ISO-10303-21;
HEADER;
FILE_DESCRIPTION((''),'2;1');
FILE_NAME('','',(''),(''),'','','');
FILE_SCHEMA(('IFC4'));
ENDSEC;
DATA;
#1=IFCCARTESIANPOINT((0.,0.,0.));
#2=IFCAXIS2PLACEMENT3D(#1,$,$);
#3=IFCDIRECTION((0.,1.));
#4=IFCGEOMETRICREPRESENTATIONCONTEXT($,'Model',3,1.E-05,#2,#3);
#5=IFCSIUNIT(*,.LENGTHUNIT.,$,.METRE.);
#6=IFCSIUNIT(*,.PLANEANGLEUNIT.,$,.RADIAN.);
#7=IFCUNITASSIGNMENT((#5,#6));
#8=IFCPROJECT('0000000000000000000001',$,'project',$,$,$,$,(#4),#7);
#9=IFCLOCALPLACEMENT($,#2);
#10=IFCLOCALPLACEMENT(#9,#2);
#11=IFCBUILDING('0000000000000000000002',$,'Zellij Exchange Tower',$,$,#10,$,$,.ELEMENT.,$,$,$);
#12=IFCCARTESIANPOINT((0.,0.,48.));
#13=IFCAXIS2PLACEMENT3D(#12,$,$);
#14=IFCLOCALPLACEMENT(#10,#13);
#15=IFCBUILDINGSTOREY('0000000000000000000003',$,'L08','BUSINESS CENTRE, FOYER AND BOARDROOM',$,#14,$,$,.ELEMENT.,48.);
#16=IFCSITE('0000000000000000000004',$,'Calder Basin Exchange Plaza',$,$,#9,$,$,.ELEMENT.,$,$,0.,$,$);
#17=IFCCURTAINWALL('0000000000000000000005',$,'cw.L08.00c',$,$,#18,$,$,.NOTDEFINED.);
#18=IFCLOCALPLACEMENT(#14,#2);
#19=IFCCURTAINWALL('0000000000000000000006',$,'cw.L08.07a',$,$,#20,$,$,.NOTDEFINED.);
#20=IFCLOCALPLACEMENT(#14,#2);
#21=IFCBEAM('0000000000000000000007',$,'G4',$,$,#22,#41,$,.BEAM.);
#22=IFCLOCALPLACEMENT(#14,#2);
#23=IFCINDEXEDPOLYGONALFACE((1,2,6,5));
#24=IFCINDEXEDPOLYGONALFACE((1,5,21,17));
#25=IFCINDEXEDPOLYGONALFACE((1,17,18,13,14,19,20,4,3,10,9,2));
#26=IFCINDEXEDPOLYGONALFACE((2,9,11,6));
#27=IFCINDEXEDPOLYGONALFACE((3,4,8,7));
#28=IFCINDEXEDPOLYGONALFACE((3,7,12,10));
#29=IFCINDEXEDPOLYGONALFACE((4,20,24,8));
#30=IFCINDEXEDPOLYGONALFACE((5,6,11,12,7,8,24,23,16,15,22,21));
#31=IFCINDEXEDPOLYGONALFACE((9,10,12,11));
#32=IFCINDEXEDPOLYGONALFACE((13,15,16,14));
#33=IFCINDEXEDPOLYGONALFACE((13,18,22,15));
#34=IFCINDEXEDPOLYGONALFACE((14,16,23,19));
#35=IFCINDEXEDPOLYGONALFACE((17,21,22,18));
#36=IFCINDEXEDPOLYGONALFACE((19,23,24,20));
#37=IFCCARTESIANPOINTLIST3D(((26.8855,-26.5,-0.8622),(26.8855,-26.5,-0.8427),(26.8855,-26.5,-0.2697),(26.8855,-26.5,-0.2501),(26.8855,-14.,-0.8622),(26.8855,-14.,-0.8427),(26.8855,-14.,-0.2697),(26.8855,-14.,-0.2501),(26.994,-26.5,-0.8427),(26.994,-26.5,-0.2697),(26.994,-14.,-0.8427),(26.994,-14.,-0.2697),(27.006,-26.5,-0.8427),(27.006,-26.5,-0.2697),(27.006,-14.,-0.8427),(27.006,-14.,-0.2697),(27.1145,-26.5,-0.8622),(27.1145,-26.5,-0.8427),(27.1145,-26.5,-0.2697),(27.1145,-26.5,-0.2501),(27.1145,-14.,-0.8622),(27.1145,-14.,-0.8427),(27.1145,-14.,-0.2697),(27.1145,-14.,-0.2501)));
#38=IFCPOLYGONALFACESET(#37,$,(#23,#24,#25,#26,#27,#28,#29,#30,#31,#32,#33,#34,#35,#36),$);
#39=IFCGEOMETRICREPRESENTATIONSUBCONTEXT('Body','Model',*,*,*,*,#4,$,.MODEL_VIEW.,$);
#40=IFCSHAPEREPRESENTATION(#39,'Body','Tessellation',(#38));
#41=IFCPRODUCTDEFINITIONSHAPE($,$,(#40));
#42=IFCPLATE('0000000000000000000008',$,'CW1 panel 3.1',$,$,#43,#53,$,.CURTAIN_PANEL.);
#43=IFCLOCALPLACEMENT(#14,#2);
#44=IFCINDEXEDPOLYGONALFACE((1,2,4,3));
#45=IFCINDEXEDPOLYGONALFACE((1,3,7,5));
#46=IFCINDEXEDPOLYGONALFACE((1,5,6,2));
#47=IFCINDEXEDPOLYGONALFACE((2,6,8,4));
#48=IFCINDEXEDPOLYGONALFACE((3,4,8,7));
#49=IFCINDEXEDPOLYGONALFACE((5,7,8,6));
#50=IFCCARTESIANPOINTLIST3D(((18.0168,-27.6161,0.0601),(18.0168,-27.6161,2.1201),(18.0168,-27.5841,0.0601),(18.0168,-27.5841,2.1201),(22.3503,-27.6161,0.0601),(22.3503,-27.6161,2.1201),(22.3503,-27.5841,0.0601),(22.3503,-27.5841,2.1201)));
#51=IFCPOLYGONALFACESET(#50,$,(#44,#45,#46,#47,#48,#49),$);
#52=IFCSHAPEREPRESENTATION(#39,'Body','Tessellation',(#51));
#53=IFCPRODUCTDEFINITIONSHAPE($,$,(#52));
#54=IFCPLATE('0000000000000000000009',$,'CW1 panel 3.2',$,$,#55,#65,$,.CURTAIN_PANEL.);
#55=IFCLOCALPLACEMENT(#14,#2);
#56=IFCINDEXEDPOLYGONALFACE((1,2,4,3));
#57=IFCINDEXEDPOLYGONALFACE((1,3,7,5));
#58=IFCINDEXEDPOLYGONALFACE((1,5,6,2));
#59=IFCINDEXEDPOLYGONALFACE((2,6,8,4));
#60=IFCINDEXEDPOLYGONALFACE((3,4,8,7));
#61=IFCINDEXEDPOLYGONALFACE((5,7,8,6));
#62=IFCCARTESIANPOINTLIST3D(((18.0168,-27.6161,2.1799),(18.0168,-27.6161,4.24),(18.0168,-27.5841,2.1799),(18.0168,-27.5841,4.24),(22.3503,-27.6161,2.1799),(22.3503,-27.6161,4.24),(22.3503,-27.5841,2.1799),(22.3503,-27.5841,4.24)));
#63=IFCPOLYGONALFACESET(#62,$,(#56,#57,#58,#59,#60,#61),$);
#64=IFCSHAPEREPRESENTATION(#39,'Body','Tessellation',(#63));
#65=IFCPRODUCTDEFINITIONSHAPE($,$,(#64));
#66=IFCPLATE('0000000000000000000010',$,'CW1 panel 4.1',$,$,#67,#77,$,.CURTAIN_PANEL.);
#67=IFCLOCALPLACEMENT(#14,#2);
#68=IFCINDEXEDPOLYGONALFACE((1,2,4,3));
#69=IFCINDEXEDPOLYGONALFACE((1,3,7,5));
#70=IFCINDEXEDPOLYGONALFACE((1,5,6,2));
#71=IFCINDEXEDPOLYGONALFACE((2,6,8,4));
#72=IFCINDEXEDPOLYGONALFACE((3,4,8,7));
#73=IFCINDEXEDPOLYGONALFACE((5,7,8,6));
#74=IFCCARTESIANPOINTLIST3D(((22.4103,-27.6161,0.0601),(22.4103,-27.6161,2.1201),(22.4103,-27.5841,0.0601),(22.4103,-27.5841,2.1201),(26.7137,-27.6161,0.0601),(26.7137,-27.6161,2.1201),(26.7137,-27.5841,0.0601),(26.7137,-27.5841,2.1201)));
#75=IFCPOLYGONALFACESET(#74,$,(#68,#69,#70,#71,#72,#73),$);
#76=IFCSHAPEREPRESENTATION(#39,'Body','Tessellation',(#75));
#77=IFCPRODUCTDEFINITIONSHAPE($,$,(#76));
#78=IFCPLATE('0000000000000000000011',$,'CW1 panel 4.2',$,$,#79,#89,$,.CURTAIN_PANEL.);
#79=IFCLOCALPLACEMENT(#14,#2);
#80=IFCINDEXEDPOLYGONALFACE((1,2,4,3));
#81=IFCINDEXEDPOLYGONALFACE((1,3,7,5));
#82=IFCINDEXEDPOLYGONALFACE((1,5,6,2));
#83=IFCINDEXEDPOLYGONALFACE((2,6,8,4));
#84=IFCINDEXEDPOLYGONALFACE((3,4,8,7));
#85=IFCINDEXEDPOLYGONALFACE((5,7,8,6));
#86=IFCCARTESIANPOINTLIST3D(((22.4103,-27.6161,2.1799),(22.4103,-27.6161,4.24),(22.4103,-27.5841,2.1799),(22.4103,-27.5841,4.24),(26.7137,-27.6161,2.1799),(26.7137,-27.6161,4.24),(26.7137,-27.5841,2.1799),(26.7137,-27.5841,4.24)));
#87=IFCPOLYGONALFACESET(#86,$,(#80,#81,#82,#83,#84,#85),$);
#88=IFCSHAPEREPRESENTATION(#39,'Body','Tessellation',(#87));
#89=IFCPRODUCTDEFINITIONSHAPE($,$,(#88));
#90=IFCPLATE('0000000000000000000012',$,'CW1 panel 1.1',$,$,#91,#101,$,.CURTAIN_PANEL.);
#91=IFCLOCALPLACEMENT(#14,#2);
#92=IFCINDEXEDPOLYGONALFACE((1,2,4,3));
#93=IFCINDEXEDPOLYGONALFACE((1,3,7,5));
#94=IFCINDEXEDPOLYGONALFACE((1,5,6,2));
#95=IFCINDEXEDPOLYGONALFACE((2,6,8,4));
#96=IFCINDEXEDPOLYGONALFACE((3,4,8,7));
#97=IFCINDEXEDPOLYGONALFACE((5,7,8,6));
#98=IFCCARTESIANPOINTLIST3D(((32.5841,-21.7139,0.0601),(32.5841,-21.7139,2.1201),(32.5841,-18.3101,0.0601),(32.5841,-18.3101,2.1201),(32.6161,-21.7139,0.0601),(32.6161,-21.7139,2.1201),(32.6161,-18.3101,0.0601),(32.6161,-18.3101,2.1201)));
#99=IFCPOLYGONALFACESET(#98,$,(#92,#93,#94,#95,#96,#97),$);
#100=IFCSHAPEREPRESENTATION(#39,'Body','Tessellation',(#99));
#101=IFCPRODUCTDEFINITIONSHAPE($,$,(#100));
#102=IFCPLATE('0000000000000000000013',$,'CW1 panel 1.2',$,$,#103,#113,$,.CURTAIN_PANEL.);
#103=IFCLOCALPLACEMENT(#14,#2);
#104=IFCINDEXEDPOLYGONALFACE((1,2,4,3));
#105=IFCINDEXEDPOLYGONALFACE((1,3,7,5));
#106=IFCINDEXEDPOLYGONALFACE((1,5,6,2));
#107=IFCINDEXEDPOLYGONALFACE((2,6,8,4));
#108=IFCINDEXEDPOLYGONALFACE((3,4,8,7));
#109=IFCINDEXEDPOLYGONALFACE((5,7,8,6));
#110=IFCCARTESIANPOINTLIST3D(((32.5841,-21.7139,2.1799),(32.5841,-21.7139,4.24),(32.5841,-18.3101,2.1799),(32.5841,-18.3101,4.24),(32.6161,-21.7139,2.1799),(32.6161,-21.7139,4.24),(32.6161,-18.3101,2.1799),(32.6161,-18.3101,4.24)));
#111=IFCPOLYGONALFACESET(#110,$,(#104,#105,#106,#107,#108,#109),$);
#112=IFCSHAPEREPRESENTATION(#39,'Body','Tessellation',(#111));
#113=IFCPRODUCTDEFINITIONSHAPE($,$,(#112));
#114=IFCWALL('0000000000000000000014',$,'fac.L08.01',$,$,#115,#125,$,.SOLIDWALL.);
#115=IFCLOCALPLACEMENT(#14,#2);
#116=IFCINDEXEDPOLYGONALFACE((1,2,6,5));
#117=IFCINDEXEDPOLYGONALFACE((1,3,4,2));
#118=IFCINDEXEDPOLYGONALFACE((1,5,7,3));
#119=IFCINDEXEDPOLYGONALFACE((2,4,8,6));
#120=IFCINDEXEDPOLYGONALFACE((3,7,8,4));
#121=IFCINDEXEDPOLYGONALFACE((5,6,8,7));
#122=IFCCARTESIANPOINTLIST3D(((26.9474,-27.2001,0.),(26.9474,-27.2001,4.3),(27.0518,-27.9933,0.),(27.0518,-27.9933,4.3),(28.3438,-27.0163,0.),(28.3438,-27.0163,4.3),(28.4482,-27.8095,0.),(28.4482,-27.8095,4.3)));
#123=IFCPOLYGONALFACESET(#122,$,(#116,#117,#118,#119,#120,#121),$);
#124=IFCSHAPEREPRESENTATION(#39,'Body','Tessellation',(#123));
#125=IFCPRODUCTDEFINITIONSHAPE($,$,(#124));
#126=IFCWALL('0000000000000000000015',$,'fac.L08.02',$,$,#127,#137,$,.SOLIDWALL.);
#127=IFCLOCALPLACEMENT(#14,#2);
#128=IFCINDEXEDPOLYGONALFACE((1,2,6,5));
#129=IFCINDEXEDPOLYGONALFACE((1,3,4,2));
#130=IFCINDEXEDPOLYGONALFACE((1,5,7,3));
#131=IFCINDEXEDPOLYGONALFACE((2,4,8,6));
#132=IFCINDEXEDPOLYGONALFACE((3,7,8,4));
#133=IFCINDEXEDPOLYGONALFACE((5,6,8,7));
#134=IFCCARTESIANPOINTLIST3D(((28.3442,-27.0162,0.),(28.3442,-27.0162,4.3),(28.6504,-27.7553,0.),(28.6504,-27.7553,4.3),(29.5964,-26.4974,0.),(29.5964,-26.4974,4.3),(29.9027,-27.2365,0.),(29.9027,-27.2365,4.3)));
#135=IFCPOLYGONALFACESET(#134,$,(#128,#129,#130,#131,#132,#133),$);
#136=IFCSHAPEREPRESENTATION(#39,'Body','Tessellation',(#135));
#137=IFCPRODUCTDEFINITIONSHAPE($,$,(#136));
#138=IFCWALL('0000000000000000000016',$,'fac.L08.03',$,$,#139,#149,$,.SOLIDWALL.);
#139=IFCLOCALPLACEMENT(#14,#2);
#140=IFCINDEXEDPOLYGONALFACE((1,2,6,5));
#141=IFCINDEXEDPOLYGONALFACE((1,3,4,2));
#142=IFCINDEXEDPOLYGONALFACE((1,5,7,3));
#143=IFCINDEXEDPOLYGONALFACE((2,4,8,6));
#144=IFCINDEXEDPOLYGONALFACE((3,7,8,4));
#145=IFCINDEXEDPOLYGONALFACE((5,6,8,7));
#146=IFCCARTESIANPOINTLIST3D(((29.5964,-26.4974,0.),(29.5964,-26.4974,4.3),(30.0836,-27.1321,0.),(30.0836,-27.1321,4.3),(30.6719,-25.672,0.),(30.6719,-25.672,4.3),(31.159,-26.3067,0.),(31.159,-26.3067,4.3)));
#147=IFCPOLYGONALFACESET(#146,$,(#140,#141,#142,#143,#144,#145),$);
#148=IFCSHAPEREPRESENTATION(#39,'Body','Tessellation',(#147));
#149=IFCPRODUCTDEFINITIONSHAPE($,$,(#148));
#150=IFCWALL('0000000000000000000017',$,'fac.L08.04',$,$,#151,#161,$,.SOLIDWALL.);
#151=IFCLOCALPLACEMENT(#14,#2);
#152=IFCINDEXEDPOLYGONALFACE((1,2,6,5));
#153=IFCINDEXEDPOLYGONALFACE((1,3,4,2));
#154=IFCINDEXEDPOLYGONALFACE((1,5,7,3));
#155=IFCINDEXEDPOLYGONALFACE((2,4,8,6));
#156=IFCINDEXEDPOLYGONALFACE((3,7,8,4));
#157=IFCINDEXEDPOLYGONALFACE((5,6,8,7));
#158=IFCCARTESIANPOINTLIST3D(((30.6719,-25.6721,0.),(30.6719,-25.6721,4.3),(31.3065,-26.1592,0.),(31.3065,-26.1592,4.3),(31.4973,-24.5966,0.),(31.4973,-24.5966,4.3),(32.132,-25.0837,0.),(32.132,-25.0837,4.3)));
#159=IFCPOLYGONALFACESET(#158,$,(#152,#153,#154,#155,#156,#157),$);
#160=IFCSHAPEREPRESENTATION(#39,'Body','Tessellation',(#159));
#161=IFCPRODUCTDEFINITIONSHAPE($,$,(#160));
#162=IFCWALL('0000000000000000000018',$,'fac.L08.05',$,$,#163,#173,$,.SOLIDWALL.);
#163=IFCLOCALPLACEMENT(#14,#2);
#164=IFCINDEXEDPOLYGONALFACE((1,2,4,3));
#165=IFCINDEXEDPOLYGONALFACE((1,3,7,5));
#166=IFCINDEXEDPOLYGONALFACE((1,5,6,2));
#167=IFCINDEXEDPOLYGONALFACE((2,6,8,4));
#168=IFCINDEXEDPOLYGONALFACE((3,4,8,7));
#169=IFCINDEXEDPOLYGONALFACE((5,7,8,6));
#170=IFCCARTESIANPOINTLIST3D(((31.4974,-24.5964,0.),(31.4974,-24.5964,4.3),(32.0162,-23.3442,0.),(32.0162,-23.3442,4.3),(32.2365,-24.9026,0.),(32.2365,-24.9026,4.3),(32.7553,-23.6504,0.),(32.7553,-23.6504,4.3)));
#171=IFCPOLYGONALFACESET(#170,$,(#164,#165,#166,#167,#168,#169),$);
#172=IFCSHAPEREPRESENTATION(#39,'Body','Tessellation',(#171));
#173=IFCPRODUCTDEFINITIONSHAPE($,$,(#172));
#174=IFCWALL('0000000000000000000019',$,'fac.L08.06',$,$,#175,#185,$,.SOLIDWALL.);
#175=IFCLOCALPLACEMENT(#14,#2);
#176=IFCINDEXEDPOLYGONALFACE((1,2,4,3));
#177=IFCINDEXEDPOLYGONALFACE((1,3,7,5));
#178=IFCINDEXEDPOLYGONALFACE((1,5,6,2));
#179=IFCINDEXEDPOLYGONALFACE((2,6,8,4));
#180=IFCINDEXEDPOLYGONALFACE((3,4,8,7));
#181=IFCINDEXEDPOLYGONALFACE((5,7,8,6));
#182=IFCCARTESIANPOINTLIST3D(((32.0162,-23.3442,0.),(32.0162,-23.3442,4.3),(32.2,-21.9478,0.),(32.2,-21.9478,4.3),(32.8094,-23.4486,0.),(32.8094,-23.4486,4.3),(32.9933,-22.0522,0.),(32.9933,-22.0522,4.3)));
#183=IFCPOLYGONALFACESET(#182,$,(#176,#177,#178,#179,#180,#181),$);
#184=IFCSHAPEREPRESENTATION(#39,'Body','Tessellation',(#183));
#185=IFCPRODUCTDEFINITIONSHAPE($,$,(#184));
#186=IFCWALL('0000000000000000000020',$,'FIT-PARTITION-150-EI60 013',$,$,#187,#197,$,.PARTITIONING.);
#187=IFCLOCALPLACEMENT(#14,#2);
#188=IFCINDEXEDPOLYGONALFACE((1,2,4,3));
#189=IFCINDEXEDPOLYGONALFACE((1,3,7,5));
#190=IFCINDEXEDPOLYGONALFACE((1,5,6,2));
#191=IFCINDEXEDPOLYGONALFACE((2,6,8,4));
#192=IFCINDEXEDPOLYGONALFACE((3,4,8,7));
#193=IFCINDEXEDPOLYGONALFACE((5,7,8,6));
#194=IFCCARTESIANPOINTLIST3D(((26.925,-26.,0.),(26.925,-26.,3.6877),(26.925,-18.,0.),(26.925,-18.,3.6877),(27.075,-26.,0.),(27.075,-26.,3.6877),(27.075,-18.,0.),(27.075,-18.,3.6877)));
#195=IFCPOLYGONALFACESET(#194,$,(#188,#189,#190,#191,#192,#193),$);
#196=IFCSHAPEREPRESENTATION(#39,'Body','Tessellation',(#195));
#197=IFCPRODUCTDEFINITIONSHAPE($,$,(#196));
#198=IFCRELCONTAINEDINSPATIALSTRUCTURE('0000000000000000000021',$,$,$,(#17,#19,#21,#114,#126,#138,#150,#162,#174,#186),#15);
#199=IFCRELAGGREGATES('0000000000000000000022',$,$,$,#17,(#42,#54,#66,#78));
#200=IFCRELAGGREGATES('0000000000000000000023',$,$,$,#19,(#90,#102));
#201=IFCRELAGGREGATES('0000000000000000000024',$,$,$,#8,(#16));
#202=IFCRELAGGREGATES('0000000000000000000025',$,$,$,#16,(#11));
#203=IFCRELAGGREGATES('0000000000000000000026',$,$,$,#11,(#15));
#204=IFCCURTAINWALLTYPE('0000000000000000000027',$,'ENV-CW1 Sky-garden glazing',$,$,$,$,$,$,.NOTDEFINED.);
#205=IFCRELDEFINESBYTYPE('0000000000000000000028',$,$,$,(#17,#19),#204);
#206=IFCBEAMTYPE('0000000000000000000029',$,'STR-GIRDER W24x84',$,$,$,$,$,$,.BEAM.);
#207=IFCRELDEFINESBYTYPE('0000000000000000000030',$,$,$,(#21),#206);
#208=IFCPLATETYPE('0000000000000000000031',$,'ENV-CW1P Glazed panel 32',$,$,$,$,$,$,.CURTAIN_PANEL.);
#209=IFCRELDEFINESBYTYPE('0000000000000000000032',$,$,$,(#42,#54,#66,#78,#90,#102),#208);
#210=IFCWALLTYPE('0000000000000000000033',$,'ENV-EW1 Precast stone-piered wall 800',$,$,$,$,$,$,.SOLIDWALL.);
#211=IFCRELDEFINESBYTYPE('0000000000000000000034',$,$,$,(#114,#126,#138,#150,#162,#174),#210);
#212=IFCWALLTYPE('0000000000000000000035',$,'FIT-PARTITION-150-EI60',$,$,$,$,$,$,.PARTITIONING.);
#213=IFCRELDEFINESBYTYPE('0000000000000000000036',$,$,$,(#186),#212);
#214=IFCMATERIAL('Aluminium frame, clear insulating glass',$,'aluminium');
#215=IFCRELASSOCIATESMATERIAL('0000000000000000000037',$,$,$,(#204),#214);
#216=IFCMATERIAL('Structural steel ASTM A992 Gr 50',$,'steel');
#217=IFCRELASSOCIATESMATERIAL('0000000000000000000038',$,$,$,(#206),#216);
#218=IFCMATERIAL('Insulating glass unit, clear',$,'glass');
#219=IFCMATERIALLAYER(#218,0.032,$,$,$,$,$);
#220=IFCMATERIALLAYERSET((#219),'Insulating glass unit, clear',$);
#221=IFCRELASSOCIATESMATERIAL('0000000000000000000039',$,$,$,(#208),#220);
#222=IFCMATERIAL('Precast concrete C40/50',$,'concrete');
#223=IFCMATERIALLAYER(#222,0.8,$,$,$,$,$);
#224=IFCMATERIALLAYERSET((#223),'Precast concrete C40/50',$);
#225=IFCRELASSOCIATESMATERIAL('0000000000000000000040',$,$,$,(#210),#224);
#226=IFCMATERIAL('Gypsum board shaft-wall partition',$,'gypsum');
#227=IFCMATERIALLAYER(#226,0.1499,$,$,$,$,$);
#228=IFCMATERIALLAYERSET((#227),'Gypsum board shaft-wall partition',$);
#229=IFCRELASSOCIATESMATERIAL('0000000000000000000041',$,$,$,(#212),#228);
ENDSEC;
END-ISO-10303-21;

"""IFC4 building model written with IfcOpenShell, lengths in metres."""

from ifc_helpers import new_model, si_unit, direction, frame, frame_2d, origin, origin_2d, place, context, subcontext, project, spatial, rectangle, i_section, extrude, material, layer, layer_set, material_profile, profile_set, type_object, element, aggregate, save


model = new_model("IFC4")

# Units and contexts
model_context = context("Model", 3, precision=1e-05, world=origin(), true_north=direction((0.0, 1.0)))
body_context = subcontext(model_context, "Body", "Model", "MODEL_VIEW")
ifc_project = project(units=[si_unit("LENGTHUNIT", "METRE"), si_unit("PLANEANGLEUNIT", "RADIAN")], contexts=[model_context])

# Site, building, storey
site_placement = place(None, origin())
site = spatial("IfcSite", under=ifc_project, at=site_placement, Name="Calder Basin Exchange Plaza", CompositionType="ELEMENT", RefElevation=0.0)
building_placement = place(site_placement, origin())
building = spatial("IfcBuilding", under=site, at=building_placement, Name="Zellij Exchange Tower", CompositionType="ELEMENT")
storey_placement = place(building_placement, frame((0.0, 0.0, 48.0)))
storey = spatial("IfcBuildingStorey", under=building, at=storey_placement, Name="L08", Description="BUSINESS CENTRE, FOYER AND BOARDROOM", CompositionType="ELEMENT", Elevation=48.0)

# Curtain walls
ifc_material_1 = material(Name="Aluminium frame, clear insulating glass", Category="aluminium")
curtain_wall_type = type_object("IfcCurtainWallType", Name="ENV-CW1 Sky-garden glazing", PredefinedType="NOTDEFINED", material=ifc_material_1)
curtain_wall_1_placement = place(storey_placement, origin())
curtain_wall_1 = element("IfcCurtainWall", 1, at=curtain_wall_1_placement, inside=storey, type_object=curtain_wall_type, Name="cw.L08.00c", PredefinedType="NOTDEFINED")
curtain_wall_2_placement = place(storey_placement, origin())
curtain_wall_2 = element("IfcCurtainWall", 2, at=curtain_wall_2_placement, inside=storey, type_object=curtain_wall_type, Name="cw.L08.07a", PredefinedType="NOTDEFINED")

# Beam
ifc_material_2 = material(Name="Structural steel ASTM A992 Gr 50", Category="steel")
ifc_material_profile_1 = material_profile(ifc_material_2, i_section(OverallWidth=0.229, OverallDepth=0.6121, WebThickness=0.012, FlangeThickness=0.0195, at=origin_2d()), Name="W24x84")
ifc_profile_set_1 = profile_set([ifc_material_profile_1], Name="Structural steel ASTM A992 Gr 50")
beam_type_1 = type_object("IfcBeamType", Name="STR-GIRDER W24x84", PredefinedType="BEAM", material=ifc_profile_set_1)
beam_1_placement = place(storey_placement, frame((27.0, -26.5, -0.5562), z_axis=(0.0, 1.0, 0.0), x_axis=(-1.0, 0.0, 0.0)))
element("IfcBeam", 3, at=beam_1_placement, inside=storey, type_object=beam_type_1, Name="G4", PredefinedType="BEAM", context=body_context, shape_type="SweptSolid", body=[
    extrude(i_section(OverallWidth=0.229, OverallDepth=0.6121, WebThickness=0.012, FlangeThickness=0.0195, at=origin_2d()), origin(), (0.0, 0.0, 1.0), 12.5),
])

# Plates
ifc_material_3 = material(Name="Insulating glass unit, clear", Category="glass")
ifc_layer_1 = layer(ifc_material_3, 0.032)
ifc_layer_set_1 = layer_set([ifc_layer_1], Name="Insulating glass unit, clear")
plate_type = type_object("IfcPlateType", Name="ENV-CW1P Glazed panel 32", PredefinedType="CURTAIN_PANEL", material=ifc_layer_set_1)
plate_1_placement = place(storey_placement, frame((20.1836, -27.6001, 0.0601), z_axis=(0.0, 0.0, 1.0), x_axis=(1.0, 0.0, 0.0)))
plate_1 = element("IfcPlate", 4, at=plate_1_placement, type_object=plate_type, Name="CW1 panel 3.1", PredefinedType="CURTAIN_PANEL", context=body_context, shape_type="SweptSolid", body=[
    extrude(rectangle(XDim=4.3335, YDim=0.032, at=origin_2d()), origin(), (0.0, 0.0, 1.0), 2.0601),
])
plate_2_placement = place(storey_placement, frame((20.1836, -27.6001, 2.1799), z_axis=(0.0, 0.0, 1.0), x_axis=(1.0, 0.0, 0.0)))
plate_2 = element("IfcPlate", 5, at=plate_2_placement, type_object=plate_type, Name="CW1 panel 3.2", PredefinedType="CURTAIN_PANEL", context=body_context, shape_type="SweptSolid", body=[
    extrude(rectangle(XDim=4.3335, YDim=0.032, at=origin_2d()), origin(), (0.0, 0.0, 1.0), 2.0601),
])
plate_3_placement = place(storey_placement, frame((24.562, -27.6001, 0.0601), z_axis=(0.0, 0.0, 1.0), x_axis=(1.0, 0.0, 0.0)))
plate_3 = element("IfcPlate", 6, at=plate_3_placement, type_object=plate_type, Name="CW1 panel 4.1", PredefinedType="CURTAIN_PANEL", context=body_context, shape_type="SweptSolid", body=[
    extrude(rectangle(XDim=4.3035, YDim=0.032, at=origin_2d()), origin(), (0.0, 0.0, 1.0), 2.0601),
])
plate_4_placement = place(storey_placement, frame((24.562, -27.6001, 2.1799), z_axis=(0.0, 0.0, 1.0), x_axis=(1.0, 0.0, 0.0)))
plate_4 = element("IfcPlate", 7, at=plate_4_placement, type_object=plate_type, Name="CW1 panel 4.2", PredefinedType="CURTAIN_PANEL", context=body_context, shape_type="SweptSolid", body=[
    extrude(rectangle(XDim=4.3035, YDim=0.032, at=origin_2d()), origin(), (0.0, 0.0, 1.0), 2.0601),
])
aggregate(curtain_wall_1, [plate_1, plate_2, plate_3, plate_4])
plate_5_placement = place(storey_placement, frame((32.6001, -20.012, 0.0601), z_axis=(0.0, 0.0, 1.0), x_axis=(0.0, 1.0, 0.0)))
plate_5 = element("IfcPlate", 8, at=plate_5_placement, type_object=plate_type, Name="CW1 panel 1.1", PredefinedType="CURTAIN_PANEL", context=body_context, shape_type="SweptSolid", body=[
    extrude(rectangle(XDim=3.4038, YDim=0.032, at=origin_2d()), origin(), (0.0, 0.0, 1.0), 2.0601),
])
plate_6_placement = place(storey_placement, frame((32.6001, -20.012, 2.1799), z_axis=(0.0, 0.0, 1.0), x_axis=(0.0, 1.0, 0.0)))
plate_6 = element("IfcPlate", 9, at=plate_6_placement, type_object=plate_type, Name="CW1 panel 1.2", PredefinedType="CURTAIN_PANEL", context=body_context, shape_type="SweptSolid", body=[
    extrude(rectangle(XDim=3.4038, YDim=0.032, at=origin_2d()), origin(), (0.0, 0.0, 1.0), 2.0601),
])
aggregate(curtain_wall_2, [plate_5, plate_6])

# Walls
ifc_material_4 = material(Name="Precast concrete C40/50", Category="concrete")
ifc_layer_2 = layer(ifc_material_4, 0.8)
ifc_layer_set_2 = layer_set([ifc_layer_2], Name="Precast concrete C40/50")
wall_type_1 = type_object("IfcWallType", Name="ENV-EW1 Precast stone-piered wall 800", PredefinedType="SOLIDWALL", material=ifc_layer_set_2)
wall_1_placement = place(storey_placement, frame((26.9998, -27.5967, 0.0), z_axis=(0.0, 0.0, 1.0), x_axis=(0.991446, 0.130517, 0.0)))
element("IfcWall", 10, at=wall_1_placement, inside=storey, type_object=wall_type_1, Name="fac.L08.01", PredefinedType="SOLIDWALL", context=body_context, shape_type="SweptSolid", body=[
    extrude(rectangle(XDim=1.4084, YDim=0.8, at=frame_2d((0.7041, 0.0))), origin(), (0.0, 0.0, 1.0), 4.3),
])
wall_2_placement = place(storey_placement, frame((28.4973, -27.3857, 0.0), z_axis=(0.0, 0.0, 1.0), x_axis=(0.923848, 0.38276, 0.0)))
element("IfcWall", 11, at=wall_2_placement, inside=storey, type_object=wall_type_1, Name="fac.L08.02", PredefinedType="SOLIDWALL", context=body_context, shape_type="SweptSolid", body=[
    extrude(rectangle(XDim=1.3555, YDim=0.8, at=frame_2d((0.6777, 0.0))), origin(), (0.0, 0.0, 1.0), 4.3),
])
for number, where, z_axis, x_axis, name in (
    (12, (29.8401, -26.8147, 0.0), (0.0, 0.0, 1.0), (0.793273, 0.608866, 0.0), "fac.L08.03"),
    (13, (30.9893, -25.9155, 0.0), (0.0, 0.0, 1.0), (0.608866, 0.793273, 0.0), "fac.L08.04"),
):
    element("IfcWall", number, at=place(storey_placement, frame(where, z_axis=z_axis, x_axis=x_axis)), inside=storey, type_object=wall_type_1, Name=name, PredefinedType="SOLIDWALL", context=body_context, shape_type="SweptSolid", body=[
        extrude(rectangle(XDim=1.3557, YDim=0.8, at=frame_2d((0.6777, 0.0))), origin(), (0.0, 0.0, 1.0), 4.3),
    ])
wall_3_placement = place(storey_placement, frame((31.8669, -24.7495, 0.0), z_axis=(0.0, 0.0, 1.0), x_axis=(0.38276, 0.923848, 0.0)))
element("IfcWall", 14, at=wall_3_placement, inside=storey, type_object=wall_type_1, Name="fac.L08.05", PredefinedType="SOLIDWALL", context=body_context, shape_type="SweptSolid", body=[
    extrude(rectangle(XDim=1.3555, YDim=0.8, at=frame_2d((0.6777, 0.0))), origin(), (0.0, 0.0, 1.0), 4.3),
])
wall_4_placement = place(storey_placement, frame((32.4128, -23.3962, 0.0), z_axis=(0.0, 0.0, 1.0), x_axis=(0.130517, 0.991446, 0.0)))
element("IfcWall", 15, at=wall_4_placement, inside=storey, type_object=wall_type_1, Name="fac.L08.06", PredefinedType="SOLIDWALL", context=body_context, shape_type="SweptSolid", body=[
    extrude(rectangle(XDim=1.4084, YDim=0.8, at=frame_2d((0.7041, 0.0))), origin(), (0.0, 0.0, 1.0), 4.3),
])
ifc_material_5 = material(Name="Gypsum board shaft-wall partition", Category="gypsum")
ifc_layer_3 = layer(ifc_material_5, 0.1499)
ifc_layer_set_3 = layer_set([ifc_layer_3], Name="Gypsum board shaft-wall partition")
wall_type_2 = type_object("IfcWallType", Name="FIT-PARTITION-150-EI60", PredefinedType="PARTITIONING", material=ifc_layer_set_3)
wall_5_placement = place(storey_placement, frame((27.0, -26.0, 0.0), z_axis=(0.0, 0.0, 1.0), x_axis=(0.0, 1.0, 0.0)))
element("IfcWall", 16, at=wall_5_placement, inside=storey, type_object=wall_type_2, Name="FIT-PARTITION-150-EI60 013", PredefinedType="PARTITIONING", context=body_context, shape_type="SweptSolid", body=[
    extrude(rectangle(XDim=8.0, YDim=0.1499, at=frame_2d((4.0, 0.0))), origin(), (0.0, 0.0, 1.0), 3.6877),
])

save(model, "model.ifc")
